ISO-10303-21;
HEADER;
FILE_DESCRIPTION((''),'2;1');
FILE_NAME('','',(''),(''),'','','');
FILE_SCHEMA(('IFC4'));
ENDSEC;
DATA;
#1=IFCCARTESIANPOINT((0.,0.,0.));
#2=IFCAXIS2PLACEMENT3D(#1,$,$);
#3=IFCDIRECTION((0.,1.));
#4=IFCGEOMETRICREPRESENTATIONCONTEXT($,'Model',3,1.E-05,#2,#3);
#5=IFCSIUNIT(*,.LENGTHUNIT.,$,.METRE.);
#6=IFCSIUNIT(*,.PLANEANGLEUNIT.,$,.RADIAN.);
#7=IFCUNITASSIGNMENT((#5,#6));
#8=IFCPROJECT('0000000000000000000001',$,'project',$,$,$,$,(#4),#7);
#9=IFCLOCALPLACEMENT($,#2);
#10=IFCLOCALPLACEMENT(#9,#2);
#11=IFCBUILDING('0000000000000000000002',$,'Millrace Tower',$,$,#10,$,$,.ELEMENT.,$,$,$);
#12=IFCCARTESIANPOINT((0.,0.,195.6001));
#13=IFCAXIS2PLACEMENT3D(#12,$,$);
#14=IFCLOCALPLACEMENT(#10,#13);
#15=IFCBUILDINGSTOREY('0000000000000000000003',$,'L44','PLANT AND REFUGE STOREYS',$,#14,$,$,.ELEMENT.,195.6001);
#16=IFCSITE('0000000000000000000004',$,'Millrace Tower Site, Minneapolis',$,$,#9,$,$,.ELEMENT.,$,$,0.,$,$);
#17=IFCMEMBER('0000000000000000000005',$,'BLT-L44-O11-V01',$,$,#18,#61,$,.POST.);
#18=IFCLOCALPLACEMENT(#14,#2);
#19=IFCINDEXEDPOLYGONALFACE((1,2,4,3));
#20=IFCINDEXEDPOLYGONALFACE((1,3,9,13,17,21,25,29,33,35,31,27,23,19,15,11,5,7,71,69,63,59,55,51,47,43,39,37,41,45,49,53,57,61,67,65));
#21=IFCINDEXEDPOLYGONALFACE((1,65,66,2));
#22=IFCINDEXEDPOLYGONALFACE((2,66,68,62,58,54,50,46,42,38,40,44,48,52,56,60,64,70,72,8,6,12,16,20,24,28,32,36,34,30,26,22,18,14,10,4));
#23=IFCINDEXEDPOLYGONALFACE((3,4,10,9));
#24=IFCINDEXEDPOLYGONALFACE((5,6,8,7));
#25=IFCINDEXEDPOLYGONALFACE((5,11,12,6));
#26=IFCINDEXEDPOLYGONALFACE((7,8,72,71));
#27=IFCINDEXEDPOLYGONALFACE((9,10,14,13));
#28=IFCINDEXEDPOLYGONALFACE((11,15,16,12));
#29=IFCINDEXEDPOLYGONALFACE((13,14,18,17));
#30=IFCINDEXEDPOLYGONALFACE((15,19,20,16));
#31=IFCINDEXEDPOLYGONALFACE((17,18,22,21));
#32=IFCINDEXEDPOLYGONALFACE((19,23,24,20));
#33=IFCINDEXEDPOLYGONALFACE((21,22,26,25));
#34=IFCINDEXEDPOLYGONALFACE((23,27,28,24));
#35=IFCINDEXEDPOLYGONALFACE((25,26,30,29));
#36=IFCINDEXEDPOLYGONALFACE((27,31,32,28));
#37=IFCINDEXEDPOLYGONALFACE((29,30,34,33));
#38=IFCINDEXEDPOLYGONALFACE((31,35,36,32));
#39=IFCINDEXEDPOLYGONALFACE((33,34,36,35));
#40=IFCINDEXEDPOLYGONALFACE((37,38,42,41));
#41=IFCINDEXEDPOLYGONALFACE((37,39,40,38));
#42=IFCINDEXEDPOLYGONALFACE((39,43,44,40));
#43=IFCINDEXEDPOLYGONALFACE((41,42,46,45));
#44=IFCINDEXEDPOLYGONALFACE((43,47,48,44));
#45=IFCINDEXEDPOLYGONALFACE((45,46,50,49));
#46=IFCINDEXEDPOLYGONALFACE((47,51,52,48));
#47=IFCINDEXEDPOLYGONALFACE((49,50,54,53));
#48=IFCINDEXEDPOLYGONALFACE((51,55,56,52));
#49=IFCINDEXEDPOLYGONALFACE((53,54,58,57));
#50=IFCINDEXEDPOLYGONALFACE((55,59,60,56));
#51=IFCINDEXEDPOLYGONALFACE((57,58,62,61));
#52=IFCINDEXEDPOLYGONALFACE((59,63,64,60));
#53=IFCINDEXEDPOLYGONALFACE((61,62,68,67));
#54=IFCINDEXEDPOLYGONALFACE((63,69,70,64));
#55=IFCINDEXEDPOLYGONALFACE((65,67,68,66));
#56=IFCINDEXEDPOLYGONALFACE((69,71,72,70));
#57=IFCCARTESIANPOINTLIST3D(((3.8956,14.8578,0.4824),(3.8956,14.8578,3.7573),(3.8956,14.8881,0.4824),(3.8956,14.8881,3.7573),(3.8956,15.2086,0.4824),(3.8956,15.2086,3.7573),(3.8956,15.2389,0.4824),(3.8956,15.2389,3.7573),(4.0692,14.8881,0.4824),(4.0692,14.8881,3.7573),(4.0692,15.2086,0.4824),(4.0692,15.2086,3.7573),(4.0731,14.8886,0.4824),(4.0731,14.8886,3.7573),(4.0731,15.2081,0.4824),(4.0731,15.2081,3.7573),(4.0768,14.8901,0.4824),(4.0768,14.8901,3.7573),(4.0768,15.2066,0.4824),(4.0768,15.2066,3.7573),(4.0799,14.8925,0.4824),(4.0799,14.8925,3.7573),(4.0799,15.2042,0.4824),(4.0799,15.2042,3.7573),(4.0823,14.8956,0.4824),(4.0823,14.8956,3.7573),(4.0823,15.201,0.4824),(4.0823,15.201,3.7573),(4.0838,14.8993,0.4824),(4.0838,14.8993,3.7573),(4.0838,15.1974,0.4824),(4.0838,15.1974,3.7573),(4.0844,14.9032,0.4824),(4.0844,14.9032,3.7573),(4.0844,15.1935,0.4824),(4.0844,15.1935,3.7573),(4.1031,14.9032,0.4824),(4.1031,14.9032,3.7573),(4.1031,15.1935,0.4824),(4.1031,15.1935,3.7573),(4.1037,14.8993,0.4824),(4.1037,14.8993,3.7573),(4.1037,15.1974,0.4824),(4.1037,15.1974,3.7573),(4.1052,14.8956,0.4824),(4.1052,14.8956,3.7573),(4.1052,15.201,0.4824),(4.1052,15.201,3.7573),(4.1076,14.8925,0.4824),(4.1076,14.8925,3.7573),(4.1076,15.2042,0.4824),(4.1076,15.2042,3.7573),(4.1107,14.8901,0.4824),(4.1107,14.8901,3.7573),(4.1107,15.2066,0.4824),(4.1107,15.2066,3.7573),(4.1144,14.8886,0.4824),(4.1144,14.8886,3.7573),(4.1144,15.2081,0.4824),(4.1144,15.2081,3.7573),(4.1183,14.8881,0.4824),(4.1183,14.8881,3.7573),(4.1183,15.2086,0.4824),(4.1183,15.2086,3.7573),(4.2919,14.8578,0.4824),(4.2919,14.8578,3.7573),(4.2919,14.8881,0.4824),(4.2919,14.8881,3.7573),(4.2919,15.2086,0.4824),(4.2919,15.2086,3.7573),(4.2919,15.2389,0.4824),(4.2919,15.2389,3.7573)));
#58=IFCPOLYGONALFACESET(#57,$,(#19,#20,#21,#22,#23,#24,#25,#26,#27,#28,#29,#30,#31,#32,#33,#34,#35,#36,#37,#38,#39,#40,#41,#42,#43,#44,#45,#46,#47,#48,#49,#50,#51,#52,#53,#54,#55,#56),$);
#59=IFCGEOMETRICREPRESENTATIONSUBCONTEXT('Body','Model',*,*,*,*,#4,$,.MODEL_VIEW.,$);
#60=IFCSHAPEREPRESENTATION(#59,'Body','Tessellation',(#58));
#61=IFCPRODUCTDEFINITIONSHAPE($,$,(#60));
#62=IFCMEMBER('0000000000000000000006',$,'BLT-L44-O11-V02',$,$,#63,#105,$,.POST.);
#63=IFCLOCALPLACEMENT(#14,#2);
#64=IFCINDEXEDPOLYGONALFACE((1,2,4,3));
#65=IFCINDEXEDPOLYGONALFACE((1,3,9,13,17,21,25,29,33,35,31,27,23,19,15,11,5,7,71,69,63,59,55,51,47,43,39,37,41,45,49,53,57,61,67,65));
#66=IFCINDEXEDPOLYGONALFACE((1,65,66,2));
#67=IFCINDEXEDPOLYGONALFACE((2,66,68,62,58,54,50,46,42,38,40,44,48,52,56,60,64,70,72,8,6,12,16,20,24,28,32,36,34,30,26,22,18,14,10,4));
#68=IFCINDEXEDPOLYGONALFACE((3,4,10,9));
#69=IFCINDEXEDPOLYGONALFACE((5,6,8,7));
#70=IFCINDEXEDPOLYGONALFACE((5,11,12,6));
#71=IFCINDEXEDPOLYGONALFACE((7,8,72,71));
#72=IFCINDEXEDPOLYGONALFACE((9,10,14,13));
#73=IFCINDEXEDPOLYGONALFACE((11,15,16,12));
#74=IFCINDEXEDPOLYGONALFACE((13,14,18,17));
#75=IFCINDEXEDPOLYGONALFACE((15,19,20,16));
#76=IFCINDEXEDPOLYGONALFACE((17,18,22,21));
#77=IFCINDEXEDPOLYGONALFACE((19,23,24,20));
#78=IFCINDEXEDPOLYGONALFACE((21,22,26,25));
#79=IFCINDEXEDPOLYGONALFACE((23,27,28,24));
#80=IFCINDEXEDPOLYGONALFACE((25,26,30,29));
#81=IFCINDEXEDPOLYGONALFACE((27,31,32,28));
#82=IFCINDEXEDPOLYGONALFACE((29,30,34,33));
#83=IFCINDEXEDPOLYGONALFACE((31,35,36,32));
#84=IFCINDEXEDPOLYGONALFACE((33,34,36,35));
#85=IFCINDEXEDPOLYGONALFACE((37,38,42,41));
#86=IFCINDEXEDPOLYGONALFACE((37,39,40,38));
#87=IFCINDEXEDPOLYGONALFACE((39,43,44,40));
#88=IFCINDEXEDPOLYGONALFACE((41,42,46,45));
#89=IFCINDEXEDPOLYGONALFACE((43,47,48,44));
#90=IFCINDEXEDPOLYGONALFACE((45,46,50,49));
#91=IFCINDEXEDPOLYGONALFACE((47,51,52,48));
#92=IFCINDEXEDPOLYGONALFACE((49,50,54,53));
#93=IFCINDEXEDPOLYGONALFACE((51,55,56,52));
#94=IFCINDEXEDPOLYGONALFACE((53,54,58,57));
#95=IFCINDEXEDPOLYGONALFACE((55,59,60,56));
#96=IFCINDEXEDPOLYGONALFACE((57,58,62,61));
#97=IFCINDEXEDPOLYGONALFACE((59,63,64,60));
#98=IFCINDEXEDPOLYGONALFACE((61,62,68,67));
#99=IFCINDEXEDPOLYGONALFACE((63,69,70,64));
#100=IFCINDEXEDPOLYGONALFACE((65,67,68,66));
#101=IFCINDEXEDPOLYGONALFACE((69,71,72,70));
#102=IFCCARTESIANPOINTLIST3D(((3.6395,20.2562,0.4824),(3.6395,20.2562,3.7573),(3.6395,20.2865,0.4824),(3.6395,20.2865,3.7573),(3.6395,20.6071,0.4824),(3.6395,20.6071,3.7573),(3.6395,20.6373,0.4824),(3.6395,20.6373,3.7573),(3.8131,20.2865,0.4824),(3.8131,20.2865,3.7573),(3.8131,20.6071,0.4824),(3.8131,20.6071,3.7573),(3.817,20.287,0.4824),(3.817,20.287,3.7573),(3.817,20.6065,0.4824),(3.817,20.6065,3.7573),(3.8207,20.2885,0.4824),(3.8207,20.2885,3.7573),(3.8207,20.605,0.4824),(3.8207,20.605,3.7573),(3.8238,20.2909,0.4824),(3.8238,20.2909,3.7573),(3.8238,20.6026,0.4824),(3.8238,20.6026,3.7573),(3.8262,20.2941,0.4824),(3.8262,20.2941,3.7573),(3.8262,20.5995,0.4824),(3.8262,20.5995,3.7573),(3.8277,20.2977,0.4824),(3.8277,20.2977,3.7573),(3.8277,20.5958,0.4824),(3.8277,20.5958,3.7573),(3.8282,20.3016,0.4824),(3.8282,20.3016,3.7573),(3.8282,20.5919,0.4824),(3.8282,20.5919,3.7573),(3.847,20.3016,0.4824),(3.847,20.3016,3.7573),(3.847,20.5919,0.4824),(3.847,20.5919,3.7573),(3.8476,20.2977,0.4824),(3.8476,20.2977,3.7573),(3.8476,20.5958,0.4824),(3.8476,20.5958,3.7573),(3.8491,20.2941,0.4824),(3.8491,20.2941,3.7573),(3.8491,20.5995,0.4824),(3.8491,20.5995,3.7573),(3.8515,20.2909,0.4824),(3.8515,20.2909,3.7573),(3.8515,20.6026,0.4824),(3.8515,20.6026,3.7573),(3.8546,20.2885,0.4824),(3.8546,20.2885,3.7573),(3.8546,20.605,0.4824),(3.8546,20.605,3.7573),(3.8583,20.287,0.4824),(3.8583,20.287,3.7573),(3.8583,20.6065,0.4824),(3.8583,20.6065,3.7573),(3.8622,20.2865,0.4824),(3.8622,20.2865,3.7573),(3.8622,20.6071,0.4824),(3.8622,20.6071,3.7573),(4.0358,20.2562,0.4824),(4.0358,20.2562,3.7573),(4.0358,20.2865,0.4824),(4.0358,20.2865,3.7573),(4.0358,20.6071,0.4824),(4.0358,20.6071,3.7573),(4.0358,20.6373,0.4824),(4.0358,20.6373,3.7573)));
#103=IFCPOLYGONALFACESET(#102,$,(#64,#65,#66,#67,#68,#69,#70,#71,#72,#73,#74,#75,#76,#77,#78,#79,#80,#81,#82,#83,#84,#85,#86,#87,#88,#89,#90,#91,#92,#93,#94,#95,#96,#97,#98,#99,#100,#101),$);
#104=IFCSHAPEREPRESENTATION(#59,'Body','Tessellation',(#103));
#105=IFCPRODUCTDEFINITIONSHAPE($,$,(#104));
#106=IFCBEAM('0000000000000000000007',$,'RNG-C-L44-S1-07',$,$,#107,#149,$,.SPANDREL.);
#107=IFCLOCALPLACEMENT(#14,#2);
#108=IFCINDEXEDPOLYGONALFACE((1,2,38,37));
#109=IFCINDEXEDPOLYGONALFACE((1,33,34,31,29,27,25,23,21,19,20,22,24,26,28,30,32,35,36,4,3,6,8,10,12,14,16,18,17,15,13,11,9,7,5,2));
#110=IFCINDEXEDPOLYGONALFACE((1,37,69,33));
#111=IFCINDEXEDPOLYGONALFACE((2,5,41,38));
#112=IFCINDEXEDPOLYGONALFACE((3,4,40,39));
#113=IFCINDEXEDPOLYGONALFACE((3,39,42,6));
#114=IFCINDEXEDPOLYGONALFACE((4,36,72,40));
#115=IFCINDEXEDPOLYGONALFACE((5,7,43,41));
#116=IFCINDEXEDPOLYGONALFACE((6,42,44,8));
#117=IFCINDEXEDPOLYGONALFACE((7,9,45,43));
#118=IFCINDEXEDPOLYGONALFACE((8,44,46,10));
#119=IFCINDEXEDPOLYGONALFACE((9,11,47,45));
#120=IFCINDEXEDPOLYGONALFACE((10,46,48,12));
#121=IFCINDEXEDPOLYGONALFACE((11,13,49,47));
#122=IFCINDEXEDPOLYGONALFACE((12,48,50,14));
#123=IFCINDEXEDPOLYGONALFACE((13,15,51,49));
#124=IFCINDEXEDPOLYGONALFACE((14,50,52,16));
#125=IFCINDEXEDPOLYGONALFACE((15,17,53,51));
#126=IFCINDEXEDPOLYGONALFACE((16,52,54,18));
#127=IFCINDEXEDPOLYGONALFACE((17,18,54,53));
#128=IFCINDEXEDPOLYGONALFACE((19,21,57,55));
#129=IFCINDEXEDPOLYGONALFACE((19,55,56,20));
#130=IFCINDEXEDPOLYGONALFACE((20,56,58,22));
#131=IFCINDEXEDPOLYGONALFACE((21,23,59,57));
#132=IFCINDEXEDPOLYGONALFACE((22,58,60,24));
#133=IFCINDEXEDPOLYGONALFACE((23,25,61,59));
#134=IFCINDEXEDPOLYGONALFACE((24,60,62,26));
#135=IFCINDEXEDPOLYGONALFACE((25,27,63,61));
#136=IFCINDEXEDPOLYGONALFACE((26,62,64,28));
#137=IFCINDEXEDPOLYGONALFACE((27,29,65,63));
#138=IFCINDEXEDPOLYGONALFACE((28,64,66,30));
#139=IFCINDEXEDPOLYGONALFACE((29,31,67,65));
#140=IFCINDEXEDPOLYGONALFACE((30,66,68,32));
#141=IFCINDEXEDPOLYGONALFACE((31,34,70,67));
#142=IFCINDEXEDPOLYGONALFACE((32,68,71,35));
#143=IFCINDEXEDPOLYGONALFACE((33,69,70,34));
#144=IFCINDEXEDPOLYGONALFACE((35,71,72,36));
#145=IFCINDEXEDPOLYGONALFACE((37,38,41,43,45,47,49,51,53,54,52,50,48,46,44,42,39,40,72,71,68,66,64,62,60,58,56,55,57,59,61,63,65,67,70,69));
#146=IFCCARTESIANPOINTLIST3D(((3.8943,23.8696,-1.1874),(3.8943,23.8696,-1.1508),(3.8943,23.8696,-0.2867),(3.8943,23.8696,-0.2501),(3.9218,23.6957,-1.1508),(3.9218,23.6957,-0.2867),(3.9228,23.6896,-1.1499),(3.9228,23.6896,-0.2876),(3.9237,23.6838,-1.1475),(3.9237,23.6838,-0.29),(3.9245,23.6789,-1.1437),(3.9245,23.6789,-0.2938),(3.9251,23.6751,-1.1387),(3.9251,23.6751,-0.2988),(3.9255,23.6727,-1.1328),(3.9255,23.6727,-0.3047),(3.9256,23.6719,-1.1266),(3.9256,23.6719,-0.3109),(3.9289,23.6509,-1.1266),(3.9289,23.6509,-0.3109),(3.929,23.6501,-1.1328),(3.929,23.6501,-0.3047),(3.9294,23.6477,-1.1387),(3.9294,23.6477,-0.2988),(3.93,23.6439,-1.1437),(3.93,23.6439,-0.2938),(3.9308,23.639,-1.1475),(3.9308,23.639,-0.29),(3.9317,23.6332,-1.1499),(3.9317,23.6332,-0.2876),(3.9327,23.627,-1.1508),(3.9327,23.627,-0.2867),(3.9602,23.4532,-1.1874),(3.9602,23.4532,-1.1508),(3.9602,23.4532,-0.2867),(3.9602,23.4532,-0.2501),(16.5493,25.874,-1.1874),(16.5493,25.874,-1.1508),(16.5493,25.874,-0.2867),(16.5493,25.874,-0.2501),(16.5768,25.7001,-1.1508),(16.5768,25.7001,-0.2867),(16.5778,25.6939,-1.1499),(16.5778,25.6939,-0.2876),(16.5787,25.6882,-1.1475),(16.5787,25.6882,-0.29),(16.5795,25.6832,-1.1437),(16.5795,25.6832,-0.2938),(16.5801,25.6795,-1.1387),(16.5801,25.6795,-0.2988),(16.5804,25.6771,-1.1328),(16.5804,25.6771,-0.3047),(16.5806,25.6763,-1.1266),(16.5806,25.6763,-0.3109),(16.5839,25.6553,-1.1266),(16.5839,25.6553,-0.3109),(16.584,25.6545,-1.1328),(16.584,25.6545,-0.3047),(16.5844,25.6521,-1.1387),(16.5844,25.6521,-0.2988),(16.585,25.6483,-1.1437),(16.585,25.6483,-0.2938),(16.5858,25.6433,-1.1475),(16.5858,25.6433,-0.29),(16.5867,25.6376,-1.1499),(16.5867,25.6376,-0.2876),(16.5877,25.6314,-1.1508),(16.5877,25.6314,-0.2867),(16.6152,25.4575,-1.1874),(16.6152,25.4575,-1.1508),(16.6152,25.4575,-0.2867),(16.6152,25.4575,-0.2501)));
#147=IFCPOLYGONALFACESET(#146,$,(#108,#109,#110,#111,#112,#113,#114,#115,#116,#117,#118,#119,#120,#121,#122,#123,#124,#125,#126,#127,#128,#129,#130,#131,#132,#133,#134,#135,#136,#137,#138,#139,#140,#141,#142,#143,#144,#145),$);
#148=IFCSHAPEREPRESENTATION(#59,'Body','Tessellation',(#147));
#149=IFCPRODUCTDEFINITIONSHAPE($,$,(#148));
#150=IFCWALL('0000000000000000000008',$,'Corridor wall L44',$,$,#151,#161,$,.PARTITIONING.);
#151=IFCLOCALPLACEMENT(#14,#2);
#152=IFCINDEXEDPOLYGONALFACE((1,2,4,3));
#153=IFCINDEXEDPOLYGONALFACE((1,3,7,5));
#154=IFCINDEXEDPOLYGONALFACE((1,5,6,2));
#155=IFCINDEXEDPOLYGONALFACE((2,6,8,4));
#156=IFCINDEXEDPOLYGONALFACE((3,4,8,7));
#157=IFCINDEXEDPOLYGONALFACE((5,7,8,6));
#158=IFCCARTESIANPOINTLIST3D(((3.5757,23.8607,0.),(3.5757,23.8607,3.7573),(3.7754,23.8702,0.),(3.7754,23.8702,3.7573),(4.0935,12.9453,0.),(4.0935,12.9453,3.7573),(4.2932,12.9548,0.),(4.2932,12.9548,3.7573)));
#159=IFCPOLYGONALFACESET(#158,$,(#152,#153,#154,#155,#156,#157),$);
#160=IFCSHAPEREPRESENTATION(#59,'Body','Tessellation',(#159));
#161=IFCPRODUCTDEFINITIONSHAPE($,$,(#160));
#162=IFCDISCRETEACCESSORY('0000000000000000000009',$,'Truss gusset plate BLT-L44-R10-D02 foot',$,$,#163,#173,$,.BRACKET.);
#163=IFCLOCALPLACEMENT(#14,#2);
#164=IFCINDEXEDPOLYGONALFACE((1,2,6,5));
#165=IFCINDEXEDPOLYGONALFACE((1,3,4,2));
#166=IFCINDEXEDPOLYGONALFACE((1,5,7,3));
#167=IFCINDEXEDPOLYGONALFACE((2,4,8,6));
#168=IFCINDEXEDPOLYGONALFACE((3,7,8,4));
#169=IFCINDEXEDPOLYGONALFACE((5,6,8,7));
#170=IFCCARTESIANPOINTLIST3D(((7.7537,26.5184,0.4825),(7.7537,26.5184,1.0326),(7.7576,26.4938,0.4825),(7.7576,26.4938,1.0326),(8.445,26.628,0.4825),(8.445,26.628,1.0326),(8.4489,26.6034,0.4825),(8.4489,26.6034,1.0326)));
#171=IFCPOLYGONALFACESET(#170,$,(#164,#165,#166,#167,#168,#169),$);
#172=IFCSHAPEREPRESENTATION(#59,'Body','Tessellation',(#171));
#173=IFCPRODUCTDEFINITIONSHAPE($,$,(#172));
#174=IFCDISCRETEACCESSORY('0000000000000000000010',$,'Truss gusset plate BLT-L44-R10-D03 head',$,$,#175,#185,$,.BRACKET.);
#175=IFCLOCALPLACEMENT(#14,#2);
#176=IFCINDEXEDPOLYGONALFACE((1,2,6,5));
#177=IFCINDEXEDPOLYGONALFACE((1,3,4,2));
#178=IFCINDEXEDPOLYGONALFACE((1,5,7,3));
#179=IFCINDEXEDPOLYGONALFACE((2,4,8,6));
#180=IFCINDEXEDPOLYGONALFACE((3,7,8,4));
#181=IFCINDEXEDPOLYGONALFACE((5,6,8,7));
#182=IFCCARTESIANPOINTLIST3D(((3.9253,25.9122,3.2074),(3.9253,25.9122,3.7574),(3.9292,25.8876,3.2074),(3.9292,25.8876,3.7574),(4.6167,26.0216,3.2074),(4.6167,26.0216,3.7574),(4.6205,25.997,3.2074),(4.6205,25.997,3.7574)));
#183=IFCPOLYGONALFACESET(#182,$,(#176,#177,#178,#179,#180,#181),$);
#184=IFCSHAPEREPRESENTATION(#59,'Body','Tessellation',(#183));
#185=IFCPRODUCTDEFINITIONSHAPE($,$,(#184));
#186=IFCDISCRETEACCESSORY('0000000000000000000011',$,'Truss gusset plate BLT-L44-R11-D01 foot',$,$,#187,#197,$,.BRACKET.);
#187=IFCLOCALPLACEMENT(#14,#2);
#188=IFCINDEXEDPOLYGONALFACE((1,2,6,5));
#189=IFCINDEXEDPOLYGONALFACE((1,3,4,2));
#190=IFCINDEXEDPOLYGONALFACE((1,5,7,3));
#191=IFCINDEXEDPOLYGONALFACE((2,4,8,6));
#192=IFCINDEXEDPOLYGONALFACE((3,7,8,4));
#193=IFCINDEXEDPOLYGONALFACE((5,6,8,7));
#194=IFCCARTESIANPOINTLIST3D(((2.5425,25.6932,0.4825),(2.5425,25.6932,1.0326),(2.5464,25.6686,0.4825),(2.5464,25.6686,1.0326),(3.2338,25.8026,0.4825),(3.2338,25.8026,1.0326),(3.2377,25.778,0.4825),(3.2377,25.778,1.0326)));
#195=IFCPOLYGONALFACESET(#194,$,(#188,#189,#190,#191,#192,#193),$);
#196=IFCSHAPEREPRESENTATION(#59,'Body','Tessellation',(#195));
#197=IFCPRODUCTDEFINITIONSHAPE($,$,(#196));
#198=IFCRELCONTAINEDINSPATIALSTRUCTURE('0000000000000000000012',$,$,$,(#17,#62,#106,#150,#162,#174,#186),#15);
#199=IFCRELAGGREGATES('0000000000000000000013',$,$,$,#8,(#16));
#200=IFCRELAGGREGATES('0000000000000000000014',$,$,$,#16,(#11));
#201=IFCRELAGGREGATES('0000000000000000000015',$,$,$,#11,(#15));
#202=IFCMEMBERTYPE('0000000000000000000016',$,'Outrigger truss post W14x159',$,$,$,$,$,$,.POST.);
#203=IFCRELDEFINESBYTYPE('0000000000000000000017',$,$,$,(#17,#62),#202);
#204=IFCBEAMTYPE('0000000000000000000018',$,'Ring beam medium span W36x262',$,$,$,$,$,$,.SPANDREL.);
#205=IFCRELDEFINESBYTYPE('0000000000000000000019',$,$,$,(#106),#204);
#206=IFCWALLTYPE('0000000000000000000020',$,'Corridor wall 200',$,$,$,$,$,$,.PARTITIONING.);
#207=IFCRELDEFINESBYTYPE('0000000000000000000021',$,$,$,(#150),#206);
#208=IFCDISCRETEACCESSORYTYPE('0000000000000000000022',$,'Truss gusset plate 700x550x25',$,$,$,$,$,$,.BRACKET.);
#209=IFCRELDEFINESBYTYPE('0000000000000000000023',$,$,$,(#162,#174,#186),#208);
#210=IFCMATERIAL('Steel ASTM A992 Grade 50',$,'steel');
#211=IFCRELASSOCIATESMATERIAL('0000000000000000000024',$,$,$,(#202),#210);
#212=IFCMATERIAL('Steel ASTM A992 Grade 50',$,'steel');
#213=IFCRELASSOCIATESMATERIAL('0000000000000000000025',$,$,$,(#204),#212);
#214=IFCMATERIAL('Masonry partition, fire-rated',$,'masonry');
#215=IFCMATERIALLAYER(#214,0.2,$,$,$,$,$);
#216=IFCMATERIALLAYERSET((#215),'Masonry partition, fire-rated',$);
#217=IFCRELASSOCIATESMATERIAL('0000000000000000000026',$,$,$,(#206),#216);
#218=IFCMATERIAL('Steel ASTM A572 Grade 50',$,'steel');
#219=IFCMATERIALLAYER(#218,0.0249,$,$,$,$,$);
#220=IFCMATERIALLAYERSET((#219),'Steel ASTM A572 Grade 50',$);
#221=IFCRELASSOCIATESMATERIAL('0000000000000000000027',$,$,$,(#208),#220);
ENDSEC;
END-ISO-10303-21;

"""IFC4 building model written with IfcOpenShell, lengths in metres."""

from ifc_helpers import new_model, si_unit, direction, frame, frame_2d, origin, origin_2d, place, context, subcontext, project, spatial, rectangle, i_section, extrude, material, layer, layer_set, material_profile, profile_set, type_object, element, save


model = new_model("IFC4")

# Units and contexts
model_context = context("Model", 3, precision=1e-05, world=origin(), true_north=direction((0.0, 1.0)))
body_context = subcontext(model_context, "Body", "Model", "MODEL_VIEW")
ifc_project = project(units=[si_unit("LENGTHUNIT", "METRE"), si_unit("PLANEANGLEUNIT", "RADIAN")], contexts=[model_context])

# Site, building, storey
site_placement = place(None, origin())
site = spatial("IfcSite", under=ifc_project, at=site_placement, Name="Millrace Tower Site, Minneapolis", CompositionType="ELEMENT", RefElevation=0.0)
building_placement = place(site_placement, origin())
building = spatial("IfcBuilding", under=site, at=building_placement, Name="Millrace Tower", CompositionType="ELEMENT")
storey_placement = place(building_placement, frame((0.0, 0.0, 195.6001)))
storey = spatial("IfcBuildingStorey", under=building, at=storey_placement, Name="L44", Description="PLANT AND REFUGE STOREYS", CompositionType="ELEMENT", Elevation=195.6001)

# Members
ifc_material_1 = material(Name="Steel ASTM A992 Grade 50", Category="steel")
ifc_material_profile_1 = material_profile(ifc_material_1, i_section(OverallWidth=0.3962, OverallDepth=0.3811, WebThickness=0.0188, FlangeThickness=0.0303, FilletRadius=0.0151, at=origin_2d()))
ifc_profile_set_1 = profile_set([ifc_material_profile_1], Name="Steel ASTM A992 Grade 50")
member_type_1 = type_object("IfcMemberType", Name="Outrigger truss post W14x159", PredefinedType="POST", material=ifc_profile_set_1)
for number, where, z_axis, x_axis, name in (
    (1, (4.0938, 15.0483, 0.4824), (0.0, 0.0, 1.0), (1.0, 0.0, 0.0), "BLT-L44-O11-V01"),
    (2, (3.8376, 20.4468, 0.4824), (0.0, 0.0, 1.0), (1.0, 0.0, 0.0), "BLT-L44-O11-V02"),
):
    element("IfcMember", number, at=place(storey_placement, frame(where, z_axis=z_axis, x_axis=x_axis)), inside=storey, type_object=member_type_1, Name=name, PredefinedType="POST", context=body_context, shape_type="SweptSolid", body=[
        extrude(i_section(OverallWidth=0.3962, OverallDepth=0.3811, WebThickness=0.0188, FlangeThickness=0.0303, FilletRadius=0.0151, at=origin_2d()), origin(), (0.0, 0.0, 1.0), 3.2749),
    ])

# Beam
ifc_material_2 = material(Name="Steel ASTM A992 Grade 50", Category="steel")
ifc_material_profile_2 = material_profile(ifc_material_2, i_section(OverallWidth=0.4216, OverallDepth=0.9373, WebThickness=0.0212, FlangeThickness=0.0366, FilletRadius=0.0242, at=origin_2d()))
ifc_profile_set_2 = profile_set([ifc_material_profile_2], Name="Steel ASTM A992 Grade 50")
beam_type_1 = type_object("IfcBeamType", Name="Ring beam medium span W36x262", PredefinedType="SPANDREL", material=ifc_profile_set_2)
beam_1_placement = place(storey_placement, frame((3.9272, 23.6614, -0.7188), z_axis=(0.987688, 0.156437, 0.0), x_axis=(-0.156437, 0.987688, 0.0)))
element("IfcBeam", 3, at=beam_1_placement, inside=storey, type_object=beam_type_1, Name="RNG-C-L44-S1-07", PredefinedType="SPANDREL", context=body_context, shape_type="SweptSolid", body=[
    extrude(i_section(OverallWidth=0.4216, OverallDepth=0.9373, WebThickness=0.0212, FlangeThickness=0.0366, FilletRadius=0.0242, at=origin_2d()), origin(), (0.0, 0.0, 1.0), 12.8127),
])

# Wall
ifc_material_3 = material(Name="Masonry partition, fire-rated", Category="masonry")
ifc_layer_1 = layer(ifc_material_3, 0.2)
ifc_layer_set_1 = layer_set([ifc_layer_1], Name="Masonry partition, fire-rated")
wall_type = type_object("IfcWallType", Name="Corridor wall 200", PredefinedType="PARTITIONING", material=ifc_layer_set_1)
wall_placement = place(storey_placement, frame((3.6755, 23.8655, 0.0), z_axis=(0.0, 0.0, 1.0), x_axis=(0.047386, -0.998877, 0.0)))
element("IfcWall", 4, at=wall_placement, inside=storey, type_object=wall_type, Name="Corridor wall L44", PredefinedType="PARTITIONING", context=body_context, shape_type="SweptSolid", body=[
    extrude(rectangle(XDim=10.9277, YDim=0.2, at=frame_2d((5.4639, 0.0))), origin(), (0.0, 0.0, 1.0), 3.7573),
])

# Discrete accessories
ifc_material_4 = material(Name="Steel ASTM A572 Grade 50", Category="steel")
ifc_layer_2 = layer(ifc_material_4, 0.0249)
ifc_layer_set_2 = layer_set([ifc_layer_2], Name="Steel ASTM A572 Grade 50")
discrete_accessory_type = type_object("IfcDiscreteAccessoryType", Name="Truss gusset plate 700x550x25", PredefinedType="BRACKET", material=ifc_layer_set_2)
for number, where, z_axis, x_axis, name in (
    (5, (7.7556, 26.5061, 0.7576), (0.987664, 0.156589, 0.0), (-0.156589, 0.987664, 0.0), "Truss gusset plate BLT-L44-R10-D02 foot"),
    (6, (3.9272, 25.8999, 3.4824), (0.987718, 0.156249, 0.0), (-0.156249, 0.987718, 0.0), "Truss gusset plate BLT-L44-R10-D03 head"),
    (7, (2.5444, 25.6809, 0.7576), (0.987718, 0.156249, 0.0), (-0.156249, 0.987718, 0.0), "Truss gusset plate BLT-L44-R11-D01 foot"),
):
    element("IfcDiscreteAccessory", number, at=place(storey_placement, frame(where, z_axis=z_axis, x_axis=x_axis)), inside=storey, type_object=discrete_accessory_type, Name=name, PredefinedType="BRACKET", context=body_context, shape_type="SweptSolid", body=[
        extrude(rectangle(XDim=0.0249, YDim=0.55, at=origin_2d()), origin(), (0.0, 0.0, 1.0), 0.7),
    ])

save(model, "model.ifc")
